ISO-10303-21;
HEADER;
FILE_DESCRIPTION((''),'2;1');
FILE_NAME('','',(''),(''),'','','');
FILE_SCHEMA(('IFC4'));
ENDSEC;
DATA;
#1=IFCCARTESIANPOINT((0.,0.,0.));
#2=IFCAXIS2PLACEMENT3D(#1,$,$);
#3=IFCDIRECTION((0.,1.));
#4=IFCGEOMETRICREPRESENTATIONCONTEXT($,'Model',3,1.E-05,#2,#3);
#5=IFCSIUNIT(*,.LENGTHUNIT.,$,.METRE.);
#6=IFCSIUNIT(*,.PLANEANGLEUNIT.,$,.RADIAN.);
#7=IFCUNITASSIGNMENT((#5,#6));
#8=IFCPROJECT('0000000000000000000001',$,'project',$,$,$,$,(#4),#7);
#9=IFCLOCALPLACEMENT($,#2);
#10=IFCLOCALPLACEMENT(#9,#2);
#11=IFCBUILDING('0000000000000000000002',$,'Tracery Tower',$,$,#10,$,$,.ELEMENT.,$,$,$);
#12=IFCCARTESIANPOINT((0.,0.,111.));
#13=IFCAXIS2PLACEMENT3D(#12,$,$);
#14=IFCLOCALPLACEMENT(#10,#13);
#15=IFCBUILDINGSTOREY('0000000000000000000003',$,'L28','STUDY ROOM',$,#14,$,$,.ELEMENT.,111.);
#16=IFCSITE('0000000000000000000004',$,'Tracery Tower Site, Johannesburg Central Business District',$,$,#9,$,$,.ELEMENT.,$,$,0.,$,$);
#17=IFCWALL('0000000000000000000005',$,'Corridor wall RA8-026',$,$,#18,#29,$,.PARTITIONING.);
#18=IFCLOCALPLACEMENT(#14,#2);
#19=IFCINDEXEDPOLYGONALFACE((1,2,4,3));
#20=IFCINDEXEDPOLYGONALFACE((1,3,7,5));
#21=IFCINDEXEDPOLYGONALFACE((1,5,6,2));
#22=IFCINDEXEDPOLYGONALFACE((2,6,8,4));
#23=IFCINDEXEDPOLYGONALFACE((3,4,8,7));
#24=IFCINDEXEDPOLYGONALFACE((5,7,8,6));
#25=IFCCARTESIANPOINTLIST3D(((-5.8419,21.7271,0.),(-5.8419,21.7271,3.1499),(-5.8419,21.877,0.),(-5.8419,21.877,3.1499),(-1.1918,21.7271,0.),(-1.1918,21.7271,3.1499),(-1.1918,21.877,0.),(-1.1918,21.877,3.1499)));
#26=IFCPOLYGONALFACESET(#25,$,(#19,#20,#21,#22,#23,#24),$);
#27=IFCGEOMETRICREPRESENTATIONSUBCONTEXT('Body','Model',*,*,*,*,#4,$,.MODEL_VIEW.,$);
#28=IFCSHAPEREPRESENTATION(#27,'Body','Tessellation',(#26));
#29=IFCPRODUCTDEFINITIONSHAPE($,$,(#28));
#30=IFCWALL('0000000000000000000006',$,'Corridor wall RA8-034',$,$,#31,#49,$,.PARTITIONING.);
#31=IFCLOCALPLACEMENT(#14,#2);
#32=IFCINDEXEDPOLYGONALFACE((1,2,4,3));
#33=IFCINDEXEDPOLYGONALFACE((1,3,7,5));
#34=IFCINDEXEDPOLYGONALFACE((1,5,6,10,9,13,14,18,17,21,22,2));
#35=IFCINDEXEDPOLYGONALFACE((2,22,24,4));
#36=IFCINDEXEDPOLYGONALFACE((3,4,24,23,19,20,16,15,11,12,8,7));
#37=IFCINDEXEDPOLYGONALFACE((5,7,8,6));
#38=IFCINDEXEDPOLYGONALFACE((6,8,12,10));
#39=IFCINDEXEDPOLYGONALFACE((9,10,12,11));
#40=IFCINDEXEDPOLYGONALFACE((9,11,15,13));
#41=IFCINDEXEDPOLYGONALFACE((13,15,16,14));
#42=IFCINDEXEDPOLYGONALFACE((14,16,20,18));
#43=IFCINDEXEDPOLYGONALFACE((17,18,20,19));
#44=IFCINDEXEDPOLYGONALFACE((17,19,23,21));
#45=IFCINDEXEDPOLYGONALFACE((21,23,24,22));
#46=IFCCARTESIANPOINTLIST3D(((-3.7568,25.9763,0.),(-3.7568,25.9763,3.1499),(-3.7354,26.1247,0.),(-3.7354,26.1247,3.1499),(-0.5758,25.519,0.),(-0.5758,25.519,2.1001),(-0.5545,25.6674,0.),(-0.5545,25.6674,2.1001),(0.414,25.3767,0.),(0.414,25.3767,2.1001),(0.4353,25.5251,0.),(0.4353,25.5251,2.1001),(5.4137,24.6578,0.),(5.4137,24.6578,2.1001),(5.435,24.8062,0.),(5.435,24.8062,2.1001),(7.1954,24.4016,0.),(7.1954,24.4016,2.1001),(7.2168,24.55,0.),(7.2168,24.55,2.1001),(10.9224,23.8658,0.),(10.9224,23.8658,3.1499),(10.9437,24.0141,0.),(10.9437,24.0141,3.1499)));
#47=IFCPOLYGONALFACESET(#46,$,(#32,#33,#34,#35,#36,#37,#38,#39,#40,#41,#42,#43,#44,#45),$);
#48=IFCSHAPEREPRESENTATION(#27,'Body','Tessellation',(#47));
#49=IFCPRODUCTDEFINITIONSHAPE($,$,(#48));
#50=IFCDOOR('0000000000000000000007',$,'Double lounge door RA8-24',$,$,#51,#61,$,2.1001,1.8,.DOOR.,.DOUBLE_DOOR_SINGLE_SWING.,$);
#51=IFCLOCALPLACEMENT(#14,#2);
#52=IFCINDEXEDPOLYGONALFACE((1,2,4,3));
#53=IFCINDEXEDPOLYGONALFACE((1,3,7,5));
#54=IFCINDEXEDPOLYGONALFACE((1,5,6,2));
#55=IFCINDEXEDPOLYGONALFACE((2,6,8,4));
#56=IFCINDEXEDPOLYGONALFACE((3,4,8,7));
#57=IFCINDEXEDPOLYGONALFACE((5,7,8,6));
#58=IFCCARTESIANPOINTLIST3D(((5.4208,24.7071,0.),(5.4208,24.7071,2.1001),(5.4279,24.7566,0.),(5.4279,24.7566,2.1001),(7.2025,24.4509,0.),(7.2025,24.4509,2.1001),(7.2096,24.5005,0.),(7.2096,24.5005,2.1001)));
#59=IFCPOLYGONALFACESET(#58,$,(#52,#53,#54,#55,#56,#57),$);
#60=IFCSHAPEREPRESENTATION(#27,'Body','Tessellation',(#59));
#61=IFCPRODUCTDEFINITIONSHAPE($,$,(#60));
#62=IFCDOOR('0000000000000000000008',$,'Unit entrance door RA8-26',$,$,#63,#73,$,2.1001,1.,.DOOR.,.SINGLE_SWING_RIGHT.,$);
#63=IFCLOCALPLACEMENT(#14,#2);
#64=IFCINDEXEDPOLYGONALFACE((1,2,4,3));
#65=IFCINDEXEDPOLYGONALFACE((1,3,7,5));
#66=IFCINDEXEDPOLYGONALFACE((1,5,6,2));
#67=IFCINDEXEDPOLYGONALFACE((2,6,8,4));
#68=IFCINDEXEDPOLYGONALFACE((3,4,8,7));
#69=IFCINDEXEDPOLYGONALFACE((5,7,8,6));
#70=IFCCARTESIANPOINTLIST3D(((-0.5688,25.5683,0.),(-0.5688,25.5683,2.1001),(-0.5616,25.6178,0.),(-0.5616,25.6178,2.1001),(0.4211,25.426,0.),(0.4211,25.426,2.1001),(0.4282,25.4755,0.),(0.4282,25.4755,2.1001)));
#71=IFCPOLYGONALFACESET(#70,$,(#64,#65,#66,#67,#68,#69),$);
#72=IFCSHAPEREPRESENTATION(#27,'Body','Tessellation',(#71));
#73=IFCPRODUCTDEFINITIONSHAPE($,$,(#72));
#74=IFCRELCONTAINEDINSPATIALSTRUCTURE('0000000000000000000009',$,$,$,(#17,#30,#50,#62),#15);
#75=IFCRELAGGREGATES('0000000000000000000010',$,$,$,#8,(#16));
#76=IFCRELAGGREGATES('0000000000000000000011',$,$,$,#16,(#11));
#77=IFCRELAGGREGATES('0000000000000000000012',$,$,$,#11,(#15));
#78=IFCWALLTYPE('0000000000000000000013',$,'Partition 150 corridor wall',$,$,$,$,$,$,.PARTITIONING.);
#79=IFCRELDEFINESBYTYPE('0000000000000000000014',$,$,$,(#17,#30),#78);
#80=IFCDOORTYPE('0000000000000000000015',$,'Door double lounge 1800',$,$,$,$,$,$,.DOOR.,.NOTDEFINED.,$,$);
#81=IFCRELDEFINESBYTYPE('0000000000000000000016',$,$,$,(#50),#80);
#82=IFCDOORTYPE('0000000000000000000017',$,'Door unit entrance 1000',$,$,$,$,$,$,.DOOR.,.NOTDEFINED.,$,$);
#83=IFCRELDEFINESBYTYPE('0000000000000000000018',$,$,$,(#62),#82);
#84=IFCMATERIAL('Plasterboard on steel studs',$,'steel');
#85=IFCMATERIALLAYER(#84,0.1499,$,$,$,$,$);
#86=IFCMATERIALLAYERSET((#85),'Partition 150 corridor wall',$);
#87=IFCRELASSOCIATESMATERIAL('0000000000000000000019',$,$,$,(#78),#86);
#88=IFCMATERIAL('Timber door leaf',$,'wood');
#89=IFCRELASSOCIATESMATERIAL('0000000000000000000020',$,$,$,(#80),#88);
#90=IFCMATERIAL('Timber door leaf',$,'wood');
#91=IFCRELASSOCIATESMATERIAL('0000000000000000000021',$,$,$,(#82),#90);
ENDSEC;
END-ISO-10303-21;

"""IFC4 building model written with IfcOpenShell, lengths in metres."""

from ifc_helpers import new_model, si_unit, direction, frame, frame_2d, origin, place, context, subcontext, project, spatial, rectangle, extrude, material, layer, layer_set, type_object, element, fill, save


model = new_model("IFC4")

# Units and contexts
model_context = context("Model", 3, precision=1e-05, world=origin(), true_north=direction((0.0, 1.0)))
body_context = subcontext(model_context, "Body", "Model", "MODEL_VIEW")
ifc_project = project(units=[si_unit("LENGTHUNIT", "METRE"), si_unit("PLANEANGLEUNIT", "RADIAN")], contexts=[model_context])

# Site, building, storey
site_placement = place(None, origin())
site = spatial("IfcSite", under=ifc_project, at=site_placement, Name="Tracery Tower Site, Johannesburg Central Business District", CompositionType="ELEMENT", RefElevation=0.0)
building_placement = place(site_placement, origin())
building = spatial("IfcBuilding", under=site, at=building_placement, Name="Tracery Tower", CompositionType="ELEMENT")
storey_placement = place(building_placement, frame((0.0, 0.0, 111.0)))
storey = spatial("IfcBuildingStorey", under=building, at=storey_placement, Name="L28", Description="STUDY ROOM", CompositionType="ELEMENT", Elevation=111.0)

# Wall
ifc_material_1 = material(Name="Plasterboard on steel studs", Category="steel")
ifc_layer_1 = layer(ifc_material_1, 0.1499)
ifc_layer_set_1 = layer_set([ifc_layer_1], Name="Partition 150 corridor wall")
wall_type_1 = type_object("IfcWallType", Name="Partition 150 corridor wall", PredefinedType="PARTITIONING", material=ifc_layer_set_1)
wall_1_placement = place(storey_placement, frame((-5.842, 21.802, 0.0), z_axis=(0.0, 0.0, 1.0), x_axis=(1.0, 0.0, 0.0)))
element("IfcWall", 1, at=wall_1_placement, inside=storey, type_object=wall_type_1, Name="Corridor wall RA8-026", PredefinedType="PARTITIONING", context=body_context, shape_type="SweptSolid", body=[
    extrude(rectangle(XDim=4.6501, YDim=0.1499, at=frame_2d((2.3252, 0.0))), origin(), (0.0, 0.0, 1.0), 3.1499),
])

# Wall, openings, doors
wall_2_placement = place(storey_placement, frame((-3.7461, 26.0505, 0.0), z_axis=(0.0, 0.0, 1.0), x_axis=(0.989821, -0.142318, 0.0)))
wall_2 = element("IfcWall", 2, at=wall_2_placement, inside=storey, type_object=wall_type_1, Name="Corridor wall RA8-034", PredefinedType="PARTITIONING", context=body_context, shape_type="SweptSolid", body=[
    extrude(rectangle(XDim=14.8301, YDim=0.1499, at=frame_2d((7.415, 0.0))), origin(), (0.0, 0.0, 1.0), 3.1499),
])
opening_1_placement = place(wall_2_placement, frame((9.2649, 0.0, 0.0)))
opening_1 = element("IfcOpeningElement", 3, at=opening_1_placement, cuts=wall_2, PredefinedType="OPENING", context=body_context, shape_type="SweptSolid", body=[
    extrude(rectangle(XDim=1.8, YDim=2.1001, at=frame_2d((0.8999, 1.05))), frame((0.0, 0.075, 0.0), z_axis=(0.0, -1.0, 0.0), x_axis=(1.0, 0.0, 0.0)), (0.0, 0.0, 1.0), 0.1499),
])
opening_2_placement = place(wall_2_placement, frame((3.2136, 0.0, 0.0)))
opening_2 = element("IfcOpeningElement", 4, at=opening_2_placement, cuts=wall_2, PredefinedType="OPENING", context=body_context, shape_type="SweptSolid", body=[
    extrude(rectangle(XDim=1.0, YDim=2.1001, at=frame_2d((0.5, 1.05))), frame((0.0, 0.075, 0.0), z_axis=(0.0, -1.0, 0.0), x_axis=(1.0, 0.0, 0.0)), (0.0, 0.0, 1.0), 0.1499),
])
ifc_material_2 = material(Name="Timber door leaf", Category="wood")
door_type_1 = type_object("IfcDoorType", Name="Door double lounge 1800", OperationType="NOTDEFINED", PredefinedType="DOOR", material=ifc_material_2)
door_1_placement = place(opening_1_placement, origin())
door_1 = element("IfcDoor", 5, at=door_1_placement, inside=storey, type_object=door_type_1, Name="Double lounge door RA8-24", OperationType="DOUBLE_DOOR_SINGLE_SWING", OverallHeight=2.1001, OverallWidth=1.8, PredefinedType="DOOR", context=body_context, shape_type="SweptSolid", body=[
    extrude(rectangle(XDim=1.8, YDim=2.1001, at=frame_2d((0.8999, 1.05))), frame((0.0, 0.0249, 0.0), z_axis=(0.0, -1.0, 0.0), x_axis=(1.0, 0.0, 0.0)), (0.0, 0.0, 1.0), 0.05),
])
fill(opening_1, door_1)
ifc_material_3 = material(Name="Timber door leaf", Category="wood")
door_type_2 = type_object("IfcDoorType", Name="Door unit entrance 1000", OperationType="NOTDEFINED", PredefinedType="DOOR", material=ifc_material_3)
door_2_placement = place(opening_2_placement, origin())
door_2 = element("IfcDoor", 6, at=door_2_placement, inside=storey, type_object=door_type_2, Name="Unit entrance door RA8-26", OperationType="SINGLE_SWING_RIGHT", OverallHeight=2.1001, OverallWidth=1.0, PredefinedType="DOOR", context=body_context, shape_type="SweptSolid", body=[
    extrude(rectangle(XDim=1.0, YDim=2.1001, at=frame_2d((0.5, 1.05))), frame((0.0, 0.0249, 0.0), z_axis=(0.0, -1.0, 0.0), x_axis=(1.0, 0.0, 0.0)), (0.0, 0.0, 1.0), 0.05),
])
fill(opening_2, door_2)

save(model, "model.ifc")
